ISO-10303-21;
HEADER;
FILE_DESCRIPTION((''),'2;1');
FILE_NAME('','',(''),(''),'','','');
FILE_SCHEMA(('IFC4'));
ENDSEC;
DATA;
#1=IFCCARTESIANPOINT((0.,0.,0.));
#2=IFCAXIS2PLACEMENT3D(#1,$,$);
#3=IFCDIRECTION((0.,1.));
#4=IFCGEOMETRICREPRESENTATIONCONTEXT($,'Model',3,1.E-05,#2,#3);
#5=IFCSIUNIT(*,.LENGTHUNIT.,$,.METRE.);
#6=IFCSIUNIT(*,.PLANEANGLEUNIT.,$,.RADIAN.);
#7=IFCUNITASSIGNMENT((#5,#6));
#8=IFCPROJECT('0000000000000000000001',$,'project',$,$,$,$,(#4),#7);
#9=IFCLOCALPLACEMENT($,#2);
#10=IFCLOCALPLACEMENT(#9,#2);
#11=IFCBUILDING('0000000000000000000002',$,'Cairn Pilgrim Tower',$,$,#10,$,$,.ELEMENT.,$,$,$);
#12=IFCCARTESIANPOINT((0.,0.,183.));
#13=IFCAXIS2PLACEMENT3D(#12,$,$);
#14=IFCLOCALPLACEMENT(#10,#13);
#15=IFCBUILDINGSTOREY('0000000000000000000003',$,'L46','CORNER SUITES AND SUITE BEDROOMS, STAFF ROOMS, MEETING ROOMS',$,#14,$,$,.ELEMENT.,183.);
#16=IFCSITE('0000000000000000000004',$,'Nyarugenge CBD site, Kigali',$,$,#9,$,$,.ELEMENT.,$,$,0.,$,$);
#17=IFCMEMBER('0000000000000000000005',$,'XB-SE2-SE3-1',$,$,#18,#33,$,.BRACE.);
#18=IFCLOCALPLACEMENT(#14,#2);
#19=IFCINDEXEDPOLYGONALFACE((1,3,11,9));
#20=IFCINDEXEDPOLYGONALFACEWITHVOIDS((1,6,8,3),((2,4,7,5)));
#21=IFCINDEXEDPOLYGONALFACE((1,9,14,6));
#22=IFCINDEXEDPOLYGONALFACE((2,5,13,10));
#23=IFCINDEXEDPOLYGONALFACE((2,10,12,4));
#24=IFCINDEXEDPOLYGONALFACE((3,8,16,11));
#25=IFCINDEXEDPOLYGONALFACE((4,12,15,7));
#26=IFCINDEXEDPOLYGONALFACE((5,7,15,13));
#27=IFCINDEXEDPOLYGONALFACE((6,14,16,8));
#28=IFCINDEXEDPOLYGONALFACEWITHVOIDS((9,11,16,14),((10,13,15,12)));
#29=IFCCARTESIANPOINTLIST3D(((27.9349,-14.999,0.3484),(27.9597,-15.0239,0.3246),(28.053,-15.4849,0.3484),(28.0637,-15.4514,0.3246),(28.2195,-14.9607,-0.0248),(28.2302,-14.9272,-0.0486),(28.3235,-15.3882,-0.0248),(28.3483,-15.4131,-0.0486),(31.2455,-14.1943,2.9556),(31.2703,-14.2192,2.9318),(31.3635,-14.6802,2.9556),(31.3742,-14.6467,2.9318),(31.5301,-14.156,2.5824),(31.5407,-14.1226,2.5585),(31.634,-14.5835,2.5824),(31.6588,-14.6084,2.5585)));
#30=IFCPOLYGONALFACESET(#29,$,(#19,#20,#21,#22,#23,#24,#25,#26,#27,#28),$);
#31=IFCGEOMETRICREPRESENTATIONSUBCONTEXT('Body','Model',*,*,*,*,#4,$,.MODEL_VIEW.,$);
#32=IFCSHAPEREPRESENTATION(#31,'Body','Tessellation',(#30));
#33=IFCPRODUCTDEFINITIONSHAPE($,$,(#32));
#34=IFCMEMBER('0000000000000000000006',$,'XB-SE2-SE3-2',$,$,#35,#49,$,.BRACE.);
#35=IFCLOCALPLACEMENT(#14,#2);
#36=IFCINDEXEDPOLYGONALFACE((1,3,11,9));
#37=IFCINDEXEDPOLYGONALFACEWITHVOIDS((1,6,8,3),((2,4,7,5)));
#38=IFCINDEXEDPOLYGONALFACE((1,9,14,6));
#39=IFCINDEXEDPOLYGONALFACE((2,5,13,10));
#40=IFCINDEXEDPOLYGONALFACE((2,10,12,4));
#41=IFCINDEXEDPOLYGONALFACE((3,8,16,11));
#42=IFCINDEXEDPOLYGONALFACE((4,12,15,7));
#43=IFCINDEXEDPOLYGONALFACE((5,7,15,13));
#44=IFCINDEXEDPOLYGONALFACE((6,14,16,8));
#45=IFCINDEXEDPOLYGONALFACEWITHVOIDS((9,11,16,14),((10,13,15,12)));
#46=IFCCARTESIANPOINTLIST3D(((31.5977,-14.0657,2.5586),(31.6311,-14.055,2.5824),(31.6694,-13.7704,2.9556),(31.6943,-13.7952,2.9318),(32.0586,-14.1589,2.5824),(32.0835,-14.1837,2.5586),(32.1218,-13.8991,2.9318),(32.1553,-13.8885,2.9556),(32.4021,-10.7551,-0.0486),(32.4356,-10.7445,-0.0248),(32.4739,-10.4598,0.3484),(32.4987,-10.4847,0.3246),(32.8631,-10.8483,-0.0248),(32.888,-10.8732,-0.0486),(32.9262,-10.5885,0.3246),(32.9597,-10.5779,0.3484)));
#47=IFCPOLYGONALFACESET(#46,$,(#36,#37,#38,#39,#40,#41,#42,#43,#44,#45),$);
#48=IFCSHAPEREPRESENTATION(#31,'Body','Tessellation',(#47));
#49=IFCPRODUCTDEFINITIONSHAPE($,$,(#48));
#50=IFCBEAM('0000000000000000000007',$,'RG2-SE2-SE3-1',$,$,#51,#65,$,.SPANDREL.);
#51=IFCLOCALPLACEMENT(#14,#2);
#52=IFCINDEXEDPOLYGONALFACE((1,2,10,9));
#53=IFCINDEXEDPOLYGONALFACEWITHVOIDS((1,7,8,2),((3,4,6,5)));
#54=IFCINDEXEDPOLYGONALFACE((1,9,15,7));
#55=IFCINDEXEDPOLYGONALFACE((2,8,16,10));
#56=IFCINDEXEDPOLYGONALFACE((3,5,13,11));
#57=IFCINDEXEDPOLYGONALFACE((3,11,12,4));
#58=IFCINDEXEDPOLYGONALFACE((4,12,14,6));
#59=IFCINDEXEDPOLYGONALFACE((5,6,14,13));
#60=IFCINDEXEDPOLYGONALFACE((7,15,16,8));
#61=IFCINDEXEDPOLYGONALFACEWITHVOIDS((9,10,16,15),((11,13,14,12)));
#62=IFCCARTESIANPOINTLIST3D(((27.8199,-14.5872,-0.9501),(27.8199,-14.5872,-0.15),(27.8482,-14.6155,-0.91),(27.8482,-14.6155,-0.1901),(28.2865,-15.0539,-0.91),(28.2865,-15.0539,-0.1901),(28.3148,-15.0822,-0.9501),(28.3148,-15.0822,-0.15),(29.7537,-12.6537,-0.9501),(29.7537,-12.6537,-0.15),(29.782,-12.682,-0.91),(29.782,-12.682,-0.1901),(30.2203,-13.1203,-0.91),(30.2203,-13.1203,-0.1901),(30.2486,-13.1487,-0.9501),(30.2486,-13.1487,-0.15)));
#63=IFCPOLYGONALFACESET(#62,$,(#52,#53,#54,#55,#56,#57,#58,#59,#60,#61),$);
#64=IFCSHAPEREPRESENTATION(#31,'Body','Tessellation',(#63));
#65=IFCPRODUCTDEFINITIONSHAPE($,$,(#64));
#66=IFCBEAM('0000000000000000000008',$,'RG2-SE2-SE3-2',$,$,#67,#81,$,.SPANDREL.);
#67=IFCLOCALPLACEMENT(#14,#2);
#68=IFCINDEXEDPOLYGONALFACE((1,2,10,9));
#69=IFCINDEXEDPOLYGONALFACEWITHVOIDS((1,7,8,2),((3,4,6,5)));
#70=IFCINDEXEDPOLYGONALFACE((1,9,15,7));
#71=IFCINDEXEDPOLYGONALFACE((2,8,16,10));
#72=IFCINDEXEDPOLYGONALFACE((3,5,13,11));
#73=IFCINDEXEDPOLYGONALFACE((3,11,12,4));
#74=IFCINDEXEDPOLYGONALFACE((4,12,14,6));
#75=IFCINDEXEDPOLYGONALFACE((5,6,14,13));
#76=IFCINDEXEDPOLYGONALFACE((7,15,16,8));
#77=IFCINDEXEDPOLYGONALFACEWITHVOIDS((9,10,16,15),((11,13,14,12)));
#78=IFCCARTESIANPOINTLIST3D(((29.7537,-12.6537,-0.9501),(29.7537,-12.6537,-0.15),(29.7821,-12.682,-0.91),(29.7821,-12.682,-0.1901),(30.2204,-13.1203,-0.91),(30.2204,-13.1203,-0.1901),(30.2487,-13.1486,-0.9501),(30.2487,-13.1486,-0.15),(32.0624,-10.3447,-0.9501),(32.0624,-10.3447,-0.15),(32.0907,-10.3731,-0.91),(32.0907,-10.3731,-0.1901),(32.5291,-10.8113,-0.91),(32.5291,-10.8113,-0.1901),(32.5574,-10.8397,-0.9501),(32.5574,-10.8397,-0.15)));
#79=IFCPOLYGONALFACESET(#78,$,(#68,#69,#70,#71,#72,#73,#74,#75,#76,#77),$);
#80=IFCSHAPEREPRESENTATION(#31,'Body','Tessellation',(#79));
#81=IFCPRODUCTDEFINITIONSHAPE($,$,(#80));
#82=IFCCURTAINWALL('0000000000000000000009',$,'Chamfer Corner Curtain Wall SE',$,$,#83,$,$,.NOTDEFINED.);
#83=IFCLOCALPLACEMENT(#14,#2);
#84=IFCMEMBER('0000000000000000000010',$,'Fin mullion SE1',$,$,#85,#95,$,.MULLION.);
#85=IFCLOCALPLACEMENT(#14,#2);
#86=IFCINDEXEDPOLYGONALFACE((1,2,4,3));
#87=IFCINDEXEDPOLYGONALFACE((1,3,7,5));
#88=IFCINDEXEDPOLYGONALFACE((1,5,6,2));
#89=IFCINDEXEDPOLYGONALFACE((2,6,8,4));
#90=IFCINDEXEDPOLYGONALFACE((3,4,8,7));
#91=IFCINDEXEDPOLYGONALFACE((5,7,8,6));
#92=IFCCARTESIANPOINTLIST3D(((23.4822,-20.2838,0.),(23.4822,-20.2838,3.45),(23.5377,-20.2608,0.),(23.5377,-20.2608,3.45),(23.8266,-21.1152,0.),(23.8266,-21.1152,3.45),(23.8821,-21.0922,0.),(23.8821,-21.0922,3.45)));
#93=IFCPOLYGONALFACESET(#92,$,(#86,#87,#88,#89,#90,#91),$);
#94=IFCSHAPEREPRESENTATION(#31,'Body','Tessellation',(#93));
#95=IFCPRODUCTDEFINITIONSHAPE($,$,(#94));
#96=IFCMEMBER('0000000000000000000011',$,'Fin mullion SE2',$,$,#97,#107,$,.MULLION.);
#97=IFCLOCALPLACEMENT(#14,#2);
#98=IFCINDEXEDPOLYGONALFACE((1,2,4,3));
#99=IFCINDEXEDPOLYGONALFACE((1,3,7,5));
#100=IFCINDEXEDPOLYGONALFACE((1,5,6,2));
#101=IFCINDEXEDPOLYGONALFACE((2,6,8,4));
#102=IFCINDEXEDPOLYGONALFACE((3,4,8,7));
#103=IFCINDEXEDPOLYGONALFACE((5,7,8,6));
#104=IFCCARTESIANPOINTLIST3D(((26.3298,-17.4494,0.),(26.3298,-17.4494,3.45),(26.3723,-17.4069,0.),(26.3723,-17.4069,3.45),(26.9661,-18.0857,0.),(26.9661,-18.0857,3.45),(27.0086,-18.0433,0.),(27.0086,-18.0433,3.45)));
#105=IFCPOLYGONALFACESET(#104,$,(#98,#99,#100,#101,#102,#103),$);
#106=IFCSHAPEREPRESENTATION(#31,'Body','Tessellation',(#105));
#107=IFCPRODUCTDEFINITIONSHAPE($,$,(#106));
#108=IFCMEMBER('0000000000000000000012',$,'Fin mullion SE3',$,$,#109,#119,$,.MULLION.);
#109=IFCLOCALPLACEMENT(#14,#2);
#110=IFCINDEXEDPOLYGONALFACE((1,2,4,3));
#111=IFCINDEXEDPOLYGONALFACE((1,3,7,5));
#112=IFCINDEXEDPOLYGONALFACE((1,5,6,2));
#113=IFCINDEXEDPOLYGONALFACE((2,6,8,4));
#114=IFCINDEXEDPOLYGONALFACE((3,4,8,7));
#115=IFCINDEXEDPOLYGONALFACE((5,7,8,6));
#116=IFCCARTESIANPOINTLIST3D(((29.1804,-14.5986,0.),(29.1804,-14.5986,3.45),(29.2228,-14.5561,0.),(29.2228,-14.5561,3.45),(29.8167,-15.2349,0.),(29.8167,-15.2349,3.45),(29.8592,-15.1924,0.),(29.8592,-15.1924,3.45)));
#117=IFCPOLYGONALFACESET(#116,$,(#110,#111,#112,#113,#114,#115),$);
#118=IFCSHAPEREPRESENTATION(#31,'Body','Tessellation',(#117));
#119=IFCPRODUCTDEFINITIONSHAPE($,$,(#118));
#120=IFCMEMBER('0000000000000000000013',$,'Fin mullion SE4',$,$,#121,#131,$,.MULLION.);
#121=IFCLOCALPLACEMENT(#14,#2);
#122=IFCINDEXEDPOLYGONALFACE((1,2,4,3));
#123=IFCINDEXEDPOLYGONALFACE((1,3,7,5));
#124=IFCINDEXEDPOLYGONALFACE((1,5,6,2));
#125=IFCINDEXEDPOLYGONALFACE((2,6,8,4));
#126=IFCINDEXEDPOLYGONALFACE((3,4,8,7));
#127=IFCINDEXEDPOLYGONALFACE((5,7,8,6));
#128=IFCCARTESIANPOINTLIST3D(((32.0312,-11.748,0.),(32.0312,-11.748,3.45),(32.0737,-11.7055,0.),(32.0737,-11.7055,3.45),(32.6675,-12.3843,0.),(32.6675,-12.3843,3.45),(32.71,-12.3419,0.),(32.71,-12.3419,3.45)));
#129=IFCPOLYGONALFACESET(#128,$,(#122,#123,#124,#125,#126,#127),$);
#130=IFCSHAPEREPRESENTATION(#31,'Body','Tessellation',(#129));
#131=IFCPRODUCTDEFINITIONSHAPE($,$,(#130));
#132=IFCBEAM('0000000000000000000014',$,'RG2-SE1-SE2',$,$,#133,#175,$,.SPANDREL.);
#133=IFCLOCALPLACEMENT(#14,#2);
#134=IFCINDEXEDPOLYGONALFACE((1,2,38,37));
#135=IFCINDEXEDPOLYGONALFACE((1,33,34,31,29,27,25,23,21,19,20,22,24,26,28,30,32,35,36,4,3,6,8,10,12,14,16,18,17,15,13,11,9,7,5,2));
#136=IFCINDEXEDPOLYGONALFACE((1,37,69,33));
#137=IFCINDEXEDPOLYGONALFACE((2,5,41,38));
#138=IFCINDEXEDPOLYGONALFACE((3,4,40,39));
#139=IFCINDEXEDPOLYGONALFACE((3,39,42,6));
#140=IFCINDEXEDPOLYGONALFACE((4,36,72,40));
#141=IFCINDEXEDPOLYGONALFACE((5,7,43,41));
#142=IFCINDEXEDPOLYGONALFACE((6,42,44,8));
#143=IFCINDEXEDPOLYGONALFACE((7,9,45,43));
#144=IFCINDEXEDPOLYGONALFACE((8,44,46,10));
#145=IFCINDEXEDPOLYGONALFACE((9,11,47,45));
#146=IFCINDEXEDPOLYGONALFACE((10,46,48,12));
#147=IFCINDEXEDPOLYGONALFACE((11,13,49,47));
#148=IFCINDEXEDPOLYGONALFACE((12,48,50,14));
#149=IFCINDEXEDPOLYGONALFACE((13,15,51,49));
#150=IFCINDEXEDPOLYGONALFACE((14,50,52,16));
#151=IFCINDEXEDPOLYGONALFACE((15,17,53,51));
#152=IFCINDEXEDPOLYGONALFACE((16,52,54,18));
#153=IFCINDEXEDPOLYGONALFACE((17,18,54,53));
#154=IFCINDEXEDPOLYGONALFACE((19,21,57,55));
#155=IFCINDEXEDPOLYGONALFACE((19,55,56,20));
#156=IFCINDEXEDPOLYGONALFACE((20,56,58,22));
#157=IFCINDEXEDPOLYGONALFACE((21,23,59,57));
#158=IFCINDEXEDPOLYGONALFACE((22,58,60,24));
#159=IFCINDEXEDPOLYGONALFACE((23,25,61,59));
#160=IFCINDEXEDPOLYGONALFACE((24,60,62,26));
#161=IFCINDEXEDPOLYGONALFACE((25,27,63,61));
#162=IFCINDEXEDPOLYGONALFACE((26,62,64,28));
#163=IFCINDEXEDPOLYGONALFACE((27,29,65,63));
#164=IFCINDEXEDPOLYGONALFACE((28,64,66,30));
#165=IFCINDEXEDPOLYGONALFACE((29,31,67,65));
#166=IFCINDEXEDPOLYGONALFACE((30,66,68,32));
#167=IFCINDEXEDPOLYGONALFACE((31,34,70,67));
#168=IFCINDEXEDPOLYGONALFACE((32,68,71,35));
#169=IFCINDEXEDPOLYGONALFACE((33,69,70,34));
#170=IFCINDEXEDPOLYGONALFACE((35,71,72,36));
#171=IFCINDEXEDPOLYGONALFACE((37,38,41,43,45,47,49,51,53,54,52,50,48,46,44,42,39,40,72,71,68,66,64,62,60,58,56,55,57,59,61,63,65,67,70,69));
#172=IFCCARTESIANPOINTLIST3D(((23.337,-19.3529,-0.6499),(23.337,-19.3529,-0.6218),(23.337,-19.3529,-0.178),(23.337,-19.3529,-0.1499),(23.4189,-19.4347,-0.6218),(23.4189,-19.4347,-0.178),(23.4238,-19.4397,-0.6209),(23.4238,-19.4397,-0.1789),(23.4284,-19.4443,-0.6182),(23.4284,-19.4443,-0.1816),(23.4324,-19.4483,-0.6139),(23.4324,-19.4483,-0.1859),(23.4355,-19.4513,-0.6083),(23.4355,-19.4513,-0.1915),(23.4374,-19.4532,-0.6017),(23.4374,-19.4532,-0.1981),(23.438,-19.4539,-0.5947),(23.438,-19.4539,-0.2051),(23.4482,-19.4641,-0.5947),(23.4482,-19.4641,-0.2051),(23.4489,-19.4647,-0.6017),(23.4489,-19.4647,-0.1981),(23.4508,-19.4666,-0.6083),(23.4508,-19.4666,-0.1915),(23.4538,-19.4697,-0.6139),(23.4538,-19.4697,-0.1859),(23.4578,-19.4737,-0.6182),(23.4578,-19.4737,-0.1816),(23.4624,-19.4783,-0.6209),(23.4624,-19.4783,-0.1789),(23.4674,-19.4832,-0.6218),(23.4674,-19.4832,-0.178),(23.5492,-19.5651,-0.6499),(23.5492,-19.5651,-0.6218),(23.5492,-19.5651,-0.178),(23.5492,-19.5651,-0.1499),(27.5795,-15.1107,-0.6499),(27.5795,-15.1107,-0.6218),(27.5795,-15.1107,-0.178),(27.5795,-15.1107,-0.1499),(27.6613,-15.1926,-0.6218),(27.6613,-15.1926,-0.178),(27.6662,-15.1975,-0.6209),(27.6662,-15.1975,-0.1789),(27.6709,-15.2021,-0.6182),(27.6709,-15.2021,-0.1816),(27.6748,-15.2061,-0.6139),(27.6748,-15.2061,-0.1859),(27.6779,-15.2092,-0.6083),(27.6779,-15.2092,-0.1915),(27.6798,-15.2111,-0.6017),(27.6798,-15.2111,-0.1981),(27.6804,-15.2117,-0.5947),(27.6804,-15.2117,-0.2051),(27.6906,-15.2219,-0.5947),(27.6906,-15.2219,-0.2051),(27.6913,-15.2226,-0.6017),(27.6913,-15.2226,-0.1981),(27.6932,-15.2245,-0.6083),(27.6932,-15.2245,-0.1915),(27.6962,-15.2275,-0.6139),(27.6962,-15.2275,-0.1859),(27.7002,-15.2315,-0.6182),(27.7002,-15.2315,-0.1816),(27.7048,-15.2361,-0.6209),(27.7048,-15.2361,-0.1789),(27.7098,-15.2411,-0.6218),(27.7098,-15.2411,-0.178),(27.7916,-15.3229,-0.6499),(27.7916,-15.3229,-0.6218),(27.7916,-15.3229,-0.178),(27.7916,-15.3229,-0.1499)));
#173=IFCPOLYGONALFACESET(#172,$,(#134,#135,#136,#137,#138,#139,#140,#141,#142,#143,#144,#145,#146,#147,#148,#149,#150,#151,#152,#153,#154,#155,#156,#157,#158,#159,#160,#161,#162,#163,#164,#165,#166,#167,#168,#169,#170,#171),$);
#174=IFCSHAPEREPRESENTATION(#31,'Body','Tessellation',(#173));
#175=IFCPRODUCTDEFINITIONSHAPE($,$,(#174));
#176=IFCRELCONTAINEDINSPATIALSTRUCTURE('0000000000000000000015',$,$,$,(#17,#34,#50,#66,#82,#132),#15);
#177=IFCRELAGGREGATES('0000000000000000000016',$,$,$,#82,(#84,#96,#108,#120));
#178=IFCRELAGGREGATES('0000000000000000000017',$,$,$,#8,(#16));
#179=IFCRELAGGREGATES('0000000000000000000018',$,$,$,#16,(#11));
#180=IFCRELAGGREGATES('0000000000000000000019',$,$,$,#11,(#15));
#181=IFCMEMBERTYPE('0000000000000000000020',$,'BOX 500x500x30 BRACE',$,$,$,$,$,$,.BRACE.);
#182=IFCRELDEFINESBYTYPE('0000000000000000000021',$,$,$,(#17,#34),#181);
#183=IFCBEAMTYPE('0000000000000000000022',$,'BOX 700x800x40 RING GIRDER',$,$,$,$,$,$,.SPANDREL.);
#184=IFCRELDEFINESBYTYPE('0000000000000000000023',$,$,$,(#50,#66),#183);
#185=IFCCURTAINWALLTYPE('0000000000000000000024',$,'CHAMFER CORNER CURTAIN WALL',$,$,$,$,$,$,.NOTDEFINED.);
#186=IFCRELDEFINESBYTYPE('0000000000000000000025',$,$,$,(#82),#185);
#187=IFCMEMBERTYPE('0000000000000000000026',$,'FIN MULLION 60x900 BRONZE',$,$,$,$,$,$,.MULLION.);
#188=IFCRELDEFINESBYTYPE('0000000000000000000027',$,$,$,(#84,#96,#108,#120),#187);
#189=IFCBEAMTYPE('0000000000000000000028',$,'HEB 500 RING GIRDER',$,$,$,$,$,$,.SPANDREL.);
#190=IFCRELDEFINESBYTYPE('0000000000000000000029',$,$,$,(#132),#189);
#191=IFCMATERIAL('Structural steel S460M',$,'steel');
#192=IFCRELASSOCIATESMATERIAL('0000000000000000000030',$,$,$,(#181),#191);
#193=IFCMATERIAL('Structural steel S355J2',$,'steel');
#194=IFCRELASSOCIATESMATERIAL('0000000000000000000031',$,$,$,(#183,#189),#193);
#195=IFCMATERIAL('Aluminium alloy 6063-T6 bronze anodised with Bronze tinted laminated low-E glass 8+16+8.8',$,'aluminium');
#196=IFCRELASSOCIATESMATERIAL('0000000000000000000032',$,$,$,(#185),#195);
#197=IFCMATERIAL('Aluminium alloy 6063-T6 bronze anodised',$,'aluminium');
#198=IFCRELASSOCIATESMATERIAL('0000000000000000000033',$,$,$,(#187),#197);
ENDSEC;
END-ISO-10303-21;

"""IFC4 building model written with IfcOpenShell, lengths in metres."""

from ifc_helpers import new_model, si_unit, direction, frame, origin, origin_2d, place, context, subcontext, project, spatial, rectangle, hollow_rectangle, i_section, extrude, material, material_profile, profile_set, type_object, element, aggregate, save


model = new_model("IFC4")

# Units and contexts
model_context = context("Model", 3, precision=1e-05, world=origin(), true_north=direction((0.0, 1.0)))
body_context = subcontext(model_context, "Body", "Model", "MODEL_VIEW")
ifc_project = project(units=[si_unit("LENGTHUNIT", "METRE"), si_unit("PLANEANGLEUNIT", "RADIAN")], contexts=[model_context])

# Site, building, storey
site_placement = place(None, origin())
site = spatial("IfcSite", under=ifc_project, at=site_placement, Name="Nyarugenge CBD site, Kigali", CompositionType="ELEMENT", RefElevation=0.0)
building_placement = place(site_placement, origin())
building = spatial("IfcBuilding", under=site, at=building_placement, Name="Cairn Pilgrim Tower", CompositionType="ELEMENT")
storey_placement = place(building_placement, frame((0.0, 0.0, 183.0)))
storey = spatial("IfcBuildingStorey", under=building, at=storey_placement, Name="L46", Description="CORNER SUITES AND SUITE BEDROOMS, STAFF ROOMS, MEETING ROOMS", CompositionType="ELEMENT", Elevation=183.0)

# Shared definitions
ifc_material_1 = material(Name="Structural steel S460M", Category="steel")

# Members
ifc_material_profile_1 = material_profile(ifc_material_1, hollow_rectangle(XDim=0.5, YDim=0.5, WallThickness=0.03, at=origin_2d()), Name="BOX 500x500x30")
ifc_profile_set_1 = profile_set([ifc_material_profile_1], Name="Structural steel S460M")
member_type_1 = type_object("IfcMemberType", Name="BOX 500x500x30 BRACE", PredefinedType="BRACE", material=ifc_profile_set_1)
for number, where, z_axis, x_axis, name in (
    (1, (28.1416, -15.2061, 0.1499), (0.771678, 0.18757, 0.607725), (-0.236191, 0.971707, 0.0), "XB-SE2-SE3-1"),
    (2, (32.6809, -10.6665, 0.1499), (-0.187515, -0.771687, 0.607732), (0.971723, -0.236123, 0.0), "XB-SE2-SE3-2"),
):
    element("IfcMember", number, at=place(storey_placement, frame(where, z_axis=z_axis, x_axis=x_axis)), inside=storey, type_object=member_type_1, Name=name, PredefinedType="BRACE", context=body_context, shape_type="SweptSolid", body=[
        extrude(hollow_rectangle(XDim=0.5, YDim=0.5, WallThickness=0.03, at=origin_2d()), origin(), (0.0, 0.0, 1.0), 4.29),
    ])

# Beams
ifc_material_2 = material(Name="Structural steel S355J2", Category="steel")
ifc_material_profile_2 = material_profile(ifc_material_2, hollow_rectangle(XDim=0.7, YDim=0.8, WallThickness=0.04, at=origin_2d()), Name="BOX 700x800x40")
ifc_profile_set_2 = profile_set([ifc_material_profile_2], Name="Structural steel S355J2")
beam_type_1 = type_object("IfcBeamType", Name="BOX 700x800x40 RING GIRDER", PredefinedType="SPANDREL", material=ifc_profile_set_2)
beam_1_placement = place(storey_placement, frame((28.0674, -14.8347, -0.55), z_axis=(0.707151, 0.707062, 0.0), x_axis=(-0.707062, 0.707151, 0.0)))
element("IfcBeam", 3, at=beam_1_placement, inside=storey, type_object=beam_type_1, Name="RG2-SE2-SE3-1", PredefinedType="SPANDREL", context=body_context, shape_type="SweptSolid", body=[
    extrude(hollow_rectangle(XDim=0.7, YDim=0.8, WallThickness=0.04, at=origin_2d()), origin(), (0.0, 0.0, 1.0), 2.7346),
])
beam_2_placement = place(storey_placement, frame((30.0012, -12.9011, -0.55), z_axis=(0.707069, 0.707144, 0.0), x_axis=(-0.707144, 0.707069, 0.0)))
element("IfcBeam", 4, at=beam_2_placement, inside=storey, type_object=beam_type_1, Name="RG2-SE2-SE3-2", PredefinedType="SPANDREL", context=body_context, shape_type="SweptSolid", body=[
    extrude(hollow_rectangle(XDim=0.7, YDim=0.8, WallThickness=0.04, at=origin_2d()), origin(), (0.0, 0.0, 1.0), 3.2651),
])

# Curtain wall, members
ifc_material_3 = material(Name="Aluminium alloy 6063-T6 bronze anodised with Bronze tinted laminated low-E glass 8+16+8.8", Category="aluminium")
curtain_wall_type = type_object("IfcCurtainWallType", Name="CHAMFER CORNER CURTAIN WALL", PredefinedType="NOTDEFINED", material=ifc_material_3)
curtain_wall_placement = place(storey_placement, origin())
curtain_wall = element("IfcCurtainWall", 5, at=curtain_wall_placement, inside=storey, type_object=curtain_wall_type, Name="Chamfer Corner Curtain Wall SE", PredefinedType="NOTDEFINED")
ifc_material_4 = material(Name="Aluminium alloy 6063-T6 bronze anodised", Category="aluminium")
ifc_material_profile_3 = material_profile(ifc_material_4, rectangle(XDim=0.8999, YDim=0.0601, at=origin_2d()), Name="FIN MULLION 60x900 BRONZE")
ifc_profile_set_3 = profile_set([ifc_material_profile_3], Name="Aluminium alloy 6063-T6 bronze anodised")
member_type_2 = type_object("IfcMemberType", Name="FIN MULLION 60x900 BRONZE", PredefinedType="MULLION", material=ifc_profile_set_3)
member_1_placement = place(storey_placement, frame((23.6821, -20.688, 0.0), z_axis=(0.0, 0.0, 1.0), x_axis=(0.382683, -0.92388, 0.0)))
member_1 = element("IfcMember", 6, at=member_1_placement, type_object=member_type_2, Name="Fin mullion SE1", PredefinedType="MULLION", context=body_context, shape_type="SweptSolid", body=[
    extrude(rectangle(XDim=0.8999, YDim=0.0601, at=origin_2d()), origin(), (0.0, 0.0, 1.0), 3.45),
])
member_2_placement = place(storey_placement, frame((26.6692, -17.7463, 0.0), z_axis=(0.0, 0.0, 1.0), x_axis=(0.707107, -0.707107, 0.0)))
member_2 = element("IfcMember", 7, at=member_2_placement, type_object=member_type_2, Name="Fin mullion SE2", PredefinedType="MULLION", context=body_context, shape_type="SweptSolid", body=[
    extrude(rectangle(XDim=0.8999, YDim=0.0601, at=origin_2d()), origin(), (0.0, 0.0, 1.0), 3.45),
])
member_3_placement = place(storey_placement, frame((29.5198, -14.8955, 0.0), z_axis=(0.0, 0.0, 1.0), x_axis=(0.707107, -0.707107, 0.0)))
member_3 = element("IfcMember", 8, at=member_3_placement, type_object=member_type_2, Name="Fin mullion SE3", PredefinedType="MULLION", context=body_context, shape_type="SweptSolid", body=[
    extrude(rectangle(XDim=0.8999, YDim=0.0601, at=origin_2d()), origin(), (0.0, 0.0, 1.0), 3.45),
])
member_4_placement = place(storey_placement, frame((32.3706, -12.0449, 0.0), z_axis=(0.0, 0.0, 1.0), x_axis=(0.707107, -0.707107, 0.0)))
member_4 = element("IfcMember", 9, at=member_4_placement, type_object=member_type_2, Name="Fin mullion SE4", PredefinedType="MULLION", context=body_context, shape_type="SweptSolid", body=[
    extrude(rectangle(XDim=0.8999, YDim=0.0601, at=origin_2d()), origin(), (0.0, 0.0, 1.0), 3.45),
])

# Beam
ifc_material_profile_4 = material_profile(ifc_material_2, i_section(OverallWidth=0.3, OverallDepth=0.5, WebThickness=0.0144, FlangeThickness=0.0281, FilletRadius=0.0271, at=origin_2d()), Name="HEB 500")
ifc_profile_set_4 = profile_set([ifc_material_profile_4], Name="Structural steel S355J2")
beam_type_2 = type_object("IfcBeamType", Name="HEB 500 RING GIRDER", PredefinedType="SPANDREL", material=ifc_profile_set_4)
beam_3_placement = place(storey_placement, frame((23.4431, -19.459, -0.3999), z_axis=(0.707127, 0.707086, 0.0), x_axis=(-0.707086, 0.707127, 0.0)))
element("IfcBeam", 10, at=beam_3_placement, inside=storey, type_object=beam_type_2, Name="RG2-SE1-SE2", PredefinedType="SPANDREL", context=body_context, shape_type="SweptSolid", body=[
    extrude(i_section(OverallWidth=0.3, OverallDepth=0.5, WebThickness=0.0144, FlangeThickness=0.0281, FilletRadius=0.0271, at=origin_2d()), origin(), (0.0, 0.0, 1.0), 5.9995),
])

aggregate(curtain_wall, [member_1, member_2, member_3, member_4])

save(model, "model.ifc")
